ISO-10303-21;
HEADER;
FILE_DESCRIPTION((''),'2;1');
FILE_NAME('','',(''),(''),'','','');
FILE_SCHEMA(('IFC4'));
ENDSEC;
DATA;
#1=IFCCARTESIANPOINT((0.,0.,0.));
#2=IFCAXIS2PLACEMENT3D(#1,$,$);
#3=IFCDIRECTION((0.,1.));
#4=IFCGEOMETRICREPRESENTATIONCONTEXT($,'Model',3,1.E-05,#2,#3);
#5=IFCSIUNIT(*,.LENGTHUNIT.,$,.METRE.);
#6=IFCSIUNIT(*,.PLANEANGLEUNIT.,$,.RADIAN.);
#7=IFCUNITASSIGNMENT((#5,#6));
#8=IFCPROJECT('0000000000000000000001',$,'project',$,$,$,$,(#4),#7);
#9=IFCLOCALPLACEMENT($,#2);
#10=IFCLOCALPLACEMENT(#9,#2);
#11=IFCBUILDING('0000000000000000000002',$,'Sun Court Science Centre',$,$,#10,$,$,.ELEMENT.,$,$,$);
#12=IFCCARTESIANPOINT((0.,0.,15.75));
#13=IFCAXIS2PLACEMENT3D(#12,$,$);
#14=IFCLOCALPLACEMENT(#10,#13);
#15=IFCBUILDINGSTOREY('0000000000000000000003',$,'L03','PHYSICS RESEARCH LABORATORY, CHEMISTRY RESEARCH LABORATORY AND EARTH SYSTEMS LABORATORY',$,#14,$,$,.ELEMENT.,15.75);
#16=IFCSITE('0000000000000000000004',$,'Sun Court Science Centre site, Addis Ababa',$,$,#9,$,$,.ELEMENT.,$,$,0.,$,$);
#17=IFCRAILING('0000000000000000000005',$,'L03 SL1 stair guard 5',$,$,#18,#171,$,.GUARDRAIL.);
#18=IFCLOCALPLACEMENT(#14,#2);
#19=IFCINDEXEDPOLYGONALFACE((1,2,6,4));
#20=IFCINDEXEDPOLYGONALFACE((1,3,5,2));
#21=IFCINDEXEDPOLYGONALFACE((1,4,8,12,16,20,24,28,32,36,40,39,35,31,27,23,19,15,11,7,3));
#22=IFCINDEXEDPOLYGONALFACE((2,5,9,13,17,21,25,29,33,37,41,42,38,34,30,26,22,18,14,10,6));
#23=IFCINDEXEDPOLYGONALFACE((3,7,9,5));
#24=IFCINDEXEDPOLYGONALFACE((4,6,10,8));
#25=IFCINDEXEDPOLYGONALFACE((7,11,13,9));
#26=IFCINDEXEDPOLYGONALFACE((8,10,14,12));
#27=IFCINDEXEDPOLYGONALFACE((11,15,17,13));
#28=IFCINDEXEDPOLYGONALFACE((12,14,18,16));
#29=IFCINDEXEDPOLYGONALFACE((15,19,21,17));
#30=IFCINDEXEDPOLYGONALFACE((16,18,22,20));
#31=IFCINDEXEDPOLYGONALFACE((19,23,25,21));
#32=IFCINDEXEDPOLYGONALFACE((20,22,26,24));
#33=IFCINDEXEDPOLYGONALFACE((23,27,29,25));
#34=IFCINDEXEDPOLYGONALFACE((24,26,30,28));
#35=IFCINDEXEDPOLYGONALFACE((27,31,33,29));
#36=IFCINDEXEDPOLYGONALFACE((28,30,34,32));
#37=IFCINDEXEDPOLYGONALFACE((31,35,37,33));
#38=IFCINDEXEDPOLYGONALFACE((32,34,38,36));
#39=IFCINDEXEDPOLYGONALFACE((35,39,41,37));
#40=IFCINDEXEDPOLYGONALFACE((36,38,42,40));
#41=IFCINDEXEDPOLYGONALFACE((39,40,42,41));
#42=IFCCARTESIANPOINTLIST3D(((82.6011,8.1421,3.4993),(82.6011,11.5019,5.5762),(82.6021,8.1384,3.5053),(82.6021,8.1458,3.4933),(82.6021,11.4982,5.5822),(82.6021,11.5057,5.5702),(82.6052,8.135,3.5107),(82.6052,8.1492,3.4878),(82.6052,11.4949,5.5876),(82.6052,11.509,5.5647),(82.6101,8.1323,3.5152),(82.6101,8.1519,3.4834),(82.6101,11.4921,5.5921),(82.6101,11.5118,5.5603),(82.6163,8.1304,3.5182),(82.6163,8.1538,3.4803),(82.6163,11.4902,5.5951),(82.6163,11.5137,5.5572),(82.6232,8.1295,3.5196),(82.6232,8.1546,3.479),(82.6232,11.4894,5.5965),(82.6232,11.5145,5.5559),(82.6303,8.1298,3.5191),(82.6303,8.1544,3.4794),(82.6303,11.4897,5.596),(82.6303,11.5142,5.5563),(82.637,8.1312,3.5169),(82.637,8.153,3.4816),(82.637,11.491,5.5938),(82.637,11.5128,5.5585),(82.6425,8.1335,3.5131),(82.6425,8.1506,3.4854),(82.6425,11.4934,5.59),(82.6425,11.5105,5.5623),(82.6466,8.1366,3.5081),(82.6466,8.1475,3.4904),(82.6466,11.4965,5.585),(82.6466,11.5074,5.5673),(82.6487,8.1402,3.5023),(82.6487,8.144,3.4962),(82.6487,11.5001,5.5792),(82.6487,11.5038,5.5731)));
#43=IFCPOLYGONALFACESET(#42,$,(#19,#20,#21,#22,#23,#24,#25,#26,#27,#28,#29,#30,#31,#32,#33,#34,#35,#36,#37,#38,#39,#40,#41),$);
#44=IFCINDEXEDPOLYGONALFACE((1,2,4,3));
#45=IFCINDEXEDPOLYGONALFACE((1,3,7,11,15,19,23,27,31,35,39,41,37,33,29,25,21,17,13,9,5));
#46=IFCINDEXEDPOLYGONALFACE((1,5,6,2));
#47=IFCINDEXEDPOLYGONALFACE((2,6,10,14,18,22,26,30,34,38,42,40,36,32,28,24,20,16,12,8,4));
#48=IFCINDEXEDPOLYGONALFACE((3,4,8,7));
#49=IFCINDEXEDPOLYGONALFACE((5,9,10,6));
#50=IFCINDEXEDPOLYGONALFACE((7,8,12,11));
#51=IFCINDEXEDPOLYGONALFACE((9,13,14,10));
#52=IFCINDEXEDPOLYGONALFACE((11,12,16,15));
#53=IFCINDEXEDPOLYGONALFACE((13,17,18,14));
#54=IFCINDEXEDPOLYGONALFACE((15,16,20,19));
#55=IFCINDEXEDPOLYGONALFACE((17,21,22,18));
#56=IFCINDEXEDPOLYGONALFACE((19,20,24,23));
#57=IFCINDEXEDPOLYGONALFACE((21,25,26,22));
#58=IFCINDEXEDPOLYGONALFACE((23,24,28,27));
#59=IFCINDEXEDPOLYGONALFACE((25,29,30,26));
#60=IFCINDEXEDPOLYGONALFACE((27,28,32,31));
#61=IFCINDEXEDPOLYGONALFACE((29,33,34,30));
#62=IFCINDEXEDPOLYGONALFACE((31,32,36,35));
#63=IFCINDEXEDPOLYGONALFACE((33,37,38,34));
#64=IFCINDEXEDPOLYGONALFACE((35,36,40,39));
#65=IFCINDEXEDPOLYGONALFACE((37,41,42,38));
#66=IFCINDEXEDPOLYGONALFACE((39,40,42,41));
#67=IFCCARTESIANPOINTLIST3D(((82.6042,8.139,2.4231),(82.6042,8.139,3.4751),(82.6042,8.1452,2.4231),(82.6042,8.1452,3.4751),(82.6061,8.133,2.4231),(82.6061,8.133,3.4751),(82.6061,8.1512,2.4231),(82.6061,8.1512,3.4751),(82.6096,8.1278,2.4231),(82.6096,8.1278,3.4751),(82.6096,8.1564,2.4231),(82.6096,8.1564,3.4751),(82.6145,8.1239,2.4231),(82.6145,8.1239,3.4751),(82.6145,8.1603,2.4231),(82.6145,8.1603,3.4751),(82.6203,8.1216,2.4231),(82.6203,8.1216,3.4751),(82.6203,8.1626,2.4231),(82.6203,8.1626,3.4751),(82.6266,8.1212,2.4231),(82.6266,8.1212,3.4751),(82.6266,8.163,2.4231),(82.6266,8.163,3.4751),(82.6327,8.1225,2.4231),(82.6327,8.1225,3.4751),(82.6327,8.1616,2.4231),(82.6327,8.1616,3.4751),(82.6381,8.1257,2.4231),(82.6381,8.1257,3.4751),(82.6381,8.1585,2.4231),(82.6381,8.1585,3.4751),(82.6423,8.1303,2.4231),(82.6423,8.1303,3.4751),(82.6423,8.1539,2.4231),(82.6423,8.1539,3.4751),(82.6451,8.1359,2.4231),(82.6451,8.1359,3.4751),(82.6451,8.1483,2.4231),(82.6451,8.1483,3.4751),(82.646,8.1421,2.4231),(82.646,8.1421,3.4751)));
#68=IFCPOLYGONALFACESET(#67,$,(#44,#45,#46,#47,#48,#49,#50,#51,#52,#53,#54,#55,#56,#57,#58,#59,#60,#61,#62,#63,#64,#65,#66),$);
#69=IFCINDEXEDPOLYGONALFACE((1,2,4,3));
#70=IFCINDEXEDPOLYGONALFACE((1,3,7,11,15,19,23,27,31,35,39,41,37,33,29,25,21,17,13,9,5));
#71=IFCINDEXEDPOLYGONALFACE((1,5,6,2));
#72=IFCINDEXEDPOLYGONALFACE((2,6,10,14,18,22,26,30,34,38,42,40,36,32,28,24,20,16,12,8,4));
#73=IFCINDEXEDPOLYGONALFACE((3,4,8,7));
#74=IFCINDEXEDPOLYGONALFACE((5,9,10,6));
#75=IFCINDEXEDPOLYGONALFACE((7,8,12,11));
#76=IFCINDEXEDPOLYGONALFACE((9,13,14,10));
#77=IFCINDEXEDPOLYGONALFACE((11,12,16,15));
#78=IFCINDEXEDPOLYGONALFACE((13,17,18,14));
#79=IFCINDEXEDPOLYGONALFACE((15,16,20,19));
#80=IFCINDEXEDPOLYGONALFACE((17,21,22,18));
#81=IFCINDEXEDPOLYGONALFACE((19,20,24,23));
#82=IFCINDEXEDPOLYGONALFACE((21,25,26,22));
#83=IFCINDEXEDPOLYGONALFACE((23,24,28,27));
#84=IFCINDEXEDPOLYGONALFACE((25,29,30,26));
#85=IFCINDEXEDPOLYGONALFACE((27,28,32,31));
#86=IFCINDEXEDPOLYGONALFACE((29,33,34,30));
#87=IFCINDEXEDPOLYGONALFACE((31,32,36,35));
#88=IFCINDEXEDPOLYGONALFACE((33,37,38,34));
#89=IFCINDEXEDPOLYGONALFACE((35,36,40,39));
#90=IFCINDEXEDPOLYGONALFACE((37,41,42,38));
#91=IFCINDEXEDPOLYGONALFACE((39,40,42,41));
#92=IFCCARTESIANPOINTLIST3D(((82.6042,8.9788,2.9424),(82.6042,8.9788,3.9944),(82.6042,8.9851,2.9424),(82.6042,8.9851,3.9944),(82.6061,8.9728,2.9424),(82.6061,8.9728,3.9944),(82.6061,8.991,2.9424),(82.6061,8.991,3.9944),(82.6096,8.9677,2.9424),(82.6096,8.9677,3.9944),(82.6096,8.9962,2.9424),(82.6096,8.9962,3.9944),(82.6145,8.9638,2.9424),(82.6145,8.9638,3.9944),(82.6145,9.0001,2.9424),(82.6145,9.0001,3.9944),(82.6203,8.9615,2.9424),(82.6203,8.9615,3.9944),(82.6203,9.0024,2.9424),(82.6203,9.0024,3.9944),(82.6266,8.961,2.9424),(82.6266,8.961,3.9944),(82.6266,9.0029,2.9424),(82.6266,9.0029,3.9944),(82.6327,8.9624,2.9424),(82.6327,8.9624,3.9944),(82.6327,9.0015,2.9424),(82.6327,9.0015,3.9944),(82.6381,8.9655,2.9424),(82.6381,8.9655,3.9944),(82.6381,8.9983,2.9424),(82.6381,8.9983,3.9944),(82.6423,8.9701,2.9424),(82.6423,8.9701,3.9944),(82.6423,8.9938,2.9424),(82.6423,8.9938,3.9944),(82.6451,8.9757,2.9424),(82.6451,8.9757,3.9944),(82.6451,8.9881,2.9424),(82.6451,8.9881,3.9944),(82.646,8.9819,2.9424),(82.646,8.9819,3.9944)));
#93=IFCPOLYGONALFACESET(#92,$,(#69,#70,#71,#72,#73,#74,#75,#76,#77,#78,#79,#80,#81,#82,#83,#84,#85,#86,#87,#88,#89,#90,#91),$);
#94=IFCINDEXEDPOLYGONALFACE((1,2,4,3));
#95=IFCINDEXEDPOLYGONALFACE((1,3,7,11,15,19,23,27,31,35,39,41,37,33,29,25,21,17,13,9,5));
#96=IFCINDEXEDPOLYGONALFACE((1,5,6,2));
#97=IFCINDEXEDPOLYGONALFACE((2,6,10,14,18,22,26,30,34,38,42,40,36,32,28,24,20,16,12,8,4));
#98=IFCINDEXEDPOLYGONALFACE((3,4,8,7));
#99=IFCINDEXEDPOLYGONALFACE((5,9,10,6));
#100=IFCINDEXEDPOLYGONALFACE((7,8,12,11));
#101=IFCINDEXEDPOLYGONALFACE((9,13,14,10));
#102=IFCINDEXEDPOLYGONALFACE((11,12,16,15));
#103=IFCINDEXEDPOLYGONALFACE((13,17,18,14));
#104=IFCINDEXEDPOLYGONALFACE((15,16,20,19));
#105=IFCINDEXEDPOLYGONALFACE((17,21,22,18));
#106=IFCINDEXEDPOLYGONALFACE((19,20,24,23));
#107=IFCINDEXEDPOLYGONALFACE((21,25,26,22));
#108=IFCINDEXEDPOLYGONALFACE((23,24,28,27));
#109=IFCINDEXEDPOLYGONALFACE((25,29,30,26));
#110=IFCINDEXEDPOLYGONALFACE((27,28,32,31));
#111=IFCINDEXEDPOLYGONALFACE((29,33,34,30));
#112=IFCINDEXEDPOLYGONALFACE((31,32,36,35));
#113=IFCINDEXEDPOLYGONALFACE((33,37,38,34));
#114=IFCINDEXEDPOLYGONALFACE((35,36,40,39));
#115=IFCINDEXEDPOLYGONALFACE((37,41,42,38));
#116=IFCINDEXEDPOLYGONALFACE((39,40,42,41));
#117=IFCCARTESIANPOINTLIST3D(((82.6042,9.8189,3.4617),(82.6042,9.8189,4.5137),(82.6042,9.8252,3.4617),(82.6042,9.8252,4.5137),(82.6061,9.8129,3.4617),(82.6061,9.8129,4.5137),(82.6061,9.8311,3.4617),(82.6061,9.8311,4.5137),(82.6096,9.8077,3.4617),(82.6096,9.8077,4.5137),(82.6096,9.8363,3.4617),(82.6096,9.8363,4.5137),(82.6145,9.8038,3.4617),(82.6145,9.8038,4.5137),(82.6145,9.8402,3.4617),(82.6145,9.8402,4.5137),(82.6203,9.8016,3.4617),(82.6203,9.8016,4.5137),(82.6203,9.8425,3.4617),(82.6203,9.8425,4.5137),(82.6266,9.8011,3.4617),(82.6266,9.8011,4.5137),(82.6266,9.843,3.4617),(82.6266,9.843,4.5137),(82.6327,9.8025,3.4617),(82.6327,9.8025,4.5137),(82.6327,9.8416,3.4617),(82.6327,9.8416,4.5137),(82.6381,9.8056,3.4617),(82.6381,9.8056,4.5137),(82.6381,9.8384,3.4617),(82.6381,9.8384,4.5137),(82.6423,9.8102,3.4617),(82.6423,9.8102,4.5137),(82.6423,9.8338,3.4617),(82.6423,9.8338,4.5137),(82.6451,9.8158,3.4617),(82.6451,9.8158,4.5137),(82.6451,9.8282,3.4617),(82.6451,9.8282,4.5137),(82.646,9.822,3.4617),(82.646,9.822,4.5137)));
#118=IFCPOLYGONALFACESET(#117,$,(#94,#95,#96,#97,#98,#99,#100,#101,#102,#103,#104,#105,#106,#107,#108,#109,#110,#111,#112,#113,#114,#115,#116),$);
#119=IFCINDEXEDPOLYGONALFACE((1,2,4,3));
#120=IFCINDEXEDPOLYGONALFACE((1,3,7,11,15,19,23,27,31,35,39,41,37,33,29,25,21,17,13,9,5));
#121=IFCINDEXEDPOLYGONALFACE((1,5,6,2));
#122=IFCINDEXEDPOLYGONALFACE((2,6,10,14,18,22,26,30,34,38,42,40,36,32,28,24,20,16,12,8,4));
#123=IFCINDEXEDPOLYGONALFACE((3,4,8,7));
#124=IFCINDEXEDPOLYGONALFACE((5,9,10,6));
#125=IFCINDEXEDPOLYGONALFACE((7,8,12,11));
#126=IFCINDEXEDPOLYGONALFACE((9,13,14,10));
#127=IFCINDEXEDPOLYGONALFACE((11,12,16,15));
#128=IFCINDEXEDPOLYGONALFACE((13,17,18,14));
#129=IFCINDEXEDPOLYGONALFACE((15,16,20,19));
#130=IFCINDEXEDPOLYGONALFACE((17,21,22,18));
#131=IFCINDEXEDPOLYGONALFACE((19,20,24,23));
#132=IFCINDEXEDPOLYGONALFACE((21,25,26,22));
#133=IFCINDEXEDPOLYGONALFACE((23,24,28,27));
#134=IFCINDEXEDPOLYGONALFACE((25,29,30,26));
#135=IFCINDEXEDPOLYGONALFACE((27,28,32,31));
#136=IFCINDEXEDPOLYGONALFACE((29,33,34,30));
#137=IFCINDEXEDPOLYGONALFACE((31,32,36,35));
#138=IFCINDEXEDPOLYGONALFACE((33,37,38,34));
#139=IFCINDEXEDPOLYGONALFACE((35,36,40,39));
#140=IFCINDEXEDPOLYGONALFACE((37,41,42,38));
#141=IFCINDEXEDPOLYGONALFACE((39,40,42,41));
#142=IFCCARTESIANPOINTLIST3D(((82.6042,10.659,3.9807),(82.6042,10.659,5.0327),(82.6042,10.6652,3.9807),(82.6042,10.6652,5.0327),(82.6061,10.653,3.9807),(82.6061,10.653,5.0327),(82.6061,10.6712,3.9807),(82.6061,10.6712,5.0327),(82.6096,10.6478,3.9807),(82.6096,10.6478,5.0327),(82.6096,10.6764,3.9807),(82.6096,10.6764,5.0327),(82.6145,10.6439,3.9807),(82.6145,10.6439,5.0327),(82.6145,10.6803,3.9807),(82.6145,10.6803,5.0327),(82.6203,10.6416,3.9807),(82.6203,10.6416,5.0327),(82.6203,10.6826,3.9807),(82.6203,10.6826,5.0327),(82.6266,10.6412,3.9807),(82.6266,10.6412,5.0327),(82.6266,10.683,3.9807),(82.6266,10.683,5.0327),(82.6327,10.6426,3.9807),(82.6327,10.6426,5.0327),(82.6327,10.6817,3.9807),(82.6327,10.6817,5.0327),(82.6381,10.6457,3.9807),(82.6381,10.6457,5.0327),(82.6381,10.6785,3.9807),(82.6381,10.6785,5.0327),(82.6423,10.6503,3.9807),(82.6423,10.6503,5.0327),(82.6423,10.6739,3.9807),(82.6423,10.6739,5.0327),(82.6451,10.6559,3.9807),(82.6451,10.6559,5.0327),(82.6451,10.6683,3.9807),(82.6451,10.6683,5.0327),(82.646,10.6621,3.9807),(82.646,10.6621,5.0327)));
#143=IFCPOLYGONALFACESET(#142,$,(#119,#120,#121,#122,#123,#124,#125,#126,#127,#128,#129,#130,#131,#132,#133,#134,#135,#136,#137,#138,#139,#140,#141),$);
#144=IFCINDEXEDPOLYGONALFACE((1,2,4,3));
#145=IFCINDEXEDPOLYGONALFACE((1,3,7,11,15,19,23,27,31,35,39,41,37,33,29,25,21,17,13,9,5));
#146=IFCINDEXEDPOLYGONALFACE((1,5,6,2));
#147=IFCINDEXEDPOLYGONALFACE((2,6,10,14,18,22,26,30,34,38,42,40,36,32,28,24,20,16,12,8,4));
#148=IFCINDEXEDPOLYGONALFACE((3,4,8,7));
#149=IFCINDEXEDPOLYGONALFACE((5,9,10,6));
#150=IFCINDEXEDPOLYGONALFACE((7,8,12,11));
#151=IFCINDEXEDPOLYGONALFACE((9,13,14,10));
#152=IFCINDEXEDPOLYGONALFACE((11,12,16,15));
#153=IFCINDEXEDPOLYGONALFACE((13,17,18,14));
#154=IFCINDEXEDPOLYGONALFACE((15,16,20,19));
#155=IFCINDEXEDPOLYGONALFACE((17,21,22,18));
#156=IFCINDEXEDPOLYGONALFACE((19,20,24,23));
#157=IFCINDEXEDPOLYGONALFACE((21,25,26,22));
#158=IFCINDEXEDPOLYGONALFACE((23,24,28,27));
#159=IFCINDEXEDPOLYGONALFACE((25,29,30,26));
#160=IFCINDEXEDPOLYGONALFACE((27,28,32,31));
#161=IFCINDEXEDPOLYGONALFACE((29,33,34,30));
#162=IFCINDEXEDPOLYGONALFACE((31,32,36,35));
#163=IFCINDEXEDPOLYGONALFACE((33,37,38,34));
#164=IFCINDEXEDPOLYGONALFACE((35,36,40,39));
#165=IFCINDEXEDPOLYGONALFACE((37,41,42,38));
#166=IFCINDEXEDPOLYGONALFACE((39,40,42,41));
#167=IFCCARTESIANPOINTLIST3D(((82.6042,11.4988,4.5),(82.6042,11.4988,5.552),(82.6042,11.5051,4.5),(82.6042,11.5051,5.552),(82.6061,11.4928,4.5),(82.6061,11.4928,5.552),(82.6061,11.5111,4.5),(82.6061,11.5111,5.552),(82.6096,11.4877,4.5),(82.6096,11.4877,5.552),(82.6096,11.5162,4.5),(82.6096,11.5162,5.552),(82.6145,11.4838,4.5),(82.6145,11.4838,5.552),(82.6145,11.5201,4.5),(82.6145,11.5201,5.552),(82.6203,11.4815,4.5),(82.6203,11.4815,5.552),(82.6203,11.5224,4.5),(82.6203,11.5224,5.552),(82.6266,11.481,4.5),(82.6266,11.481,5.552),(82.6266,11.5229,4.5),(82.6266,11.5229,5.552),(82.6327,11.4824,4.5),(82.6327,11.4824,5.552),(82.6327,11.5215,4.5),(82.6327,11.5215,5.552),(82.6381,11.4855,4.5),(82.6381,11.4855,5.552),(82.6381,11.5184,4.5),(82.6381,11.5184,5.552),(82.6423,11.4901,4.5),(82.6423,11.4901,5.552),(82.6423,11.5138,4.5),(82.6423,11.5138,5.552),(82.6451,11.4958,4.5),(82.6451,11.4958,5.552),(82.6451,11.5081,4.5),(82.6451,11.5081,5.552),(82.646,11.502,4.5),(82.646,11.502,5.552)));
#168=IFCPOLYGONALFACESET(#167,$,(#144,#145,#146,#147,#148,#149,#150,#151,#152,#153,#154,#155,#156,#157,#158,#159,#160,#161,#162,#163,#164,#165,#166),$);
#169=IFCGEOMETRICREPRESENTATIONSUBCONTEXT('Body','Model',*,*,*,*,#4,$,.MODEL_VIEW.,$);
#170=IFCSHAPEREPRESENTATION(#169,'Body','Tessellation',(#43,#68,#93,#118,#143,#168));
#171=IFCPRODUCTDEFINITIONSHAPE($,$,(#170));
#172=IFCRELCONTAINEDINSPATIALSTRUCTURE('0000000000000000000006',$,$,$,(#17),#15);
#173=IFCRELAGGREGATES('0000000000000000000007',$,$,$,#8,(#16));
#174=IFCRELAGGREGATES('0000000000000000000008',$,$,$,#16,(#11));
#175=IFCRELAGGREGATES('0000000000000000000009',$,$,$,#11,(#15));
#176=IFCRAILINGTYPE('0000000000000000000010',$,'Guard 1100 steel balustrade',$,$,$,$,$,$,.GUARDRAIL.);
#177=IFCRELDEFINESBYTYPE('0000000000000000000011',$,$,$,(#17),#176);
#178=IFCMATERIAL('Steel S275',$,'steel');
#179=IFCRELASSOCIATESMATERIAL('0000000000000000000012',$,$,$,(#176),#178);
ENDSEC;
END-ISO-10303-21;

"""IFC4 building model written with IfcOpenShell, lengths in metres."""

from ifc_helpers import new_model, si_unit, direction, frame, origin, origin_2d, place, context, subcontext, project, spatial, circle, extrude, material, type_object, element, save


model = new_model("IFC4")

# Units and contexts
model_context = context("Model", 3, precision=1e-05, world=origin(), true_north=direction((0.0, 1.0)))
body_context = subcontext(model_context, "Body", "Model", "MODEL_VIEW")
ifc_project = project(units=[si_unit("LENGTHUNIT", "METRE"), si_unit("PLANEANGLEUNIT", "RADIAN")], contexts=[model_context])

# Site, building, storey
site_placement = place(None, origin())
site = spatial("IfcSite", under=ifc_project, at=site_placement, Name="Sun Court Science Centre site, Addis Ababa", CompositionType="ELEMENT", RefElevation=0.0)
building_placement = place(site_placement, origin())
building = spatial("IfcBuilding", under=site, at=building_placement, Name="Sun Court Science Centre", CompositionType="ELEMENT")
storey_placement = place(building_placement, frame((0.0, 0.0, 15.75)))
storey = spatial("IfcBuildingStorey", under=building, at=storey_placement, Name="L03", Description="PHYSICS RESEARCH LABORATORY, CHEMISTRY RESEARCH LABORATORY AND EARTH SYSTEMS LABORATORY", CompositionType="ELEMENT", Elevation=15.75)

# Railing
ifc_material_1 = material(Name="Steel S275", Category="steel")
railing_type_1 = type_object("IfcRailingType", Name="Guard 1100 steel balustrade", PredefinedType="GUARDRAIL", material=ifc_material_1)
railing_1_placement = place(storey_placement, frame((82.625, 8.1421, 2.4231)))
element("IfcRailing", 1, at=railing_1_placement, inside=storey, type_object=railing_type_1, Name="L03 SL1 stair guard 5", PredefinedType="GUARDRAIL", context=body_context, shape_type="SweptSolid", body=[
    extrude(circle(Radius=0.0239, at=origin_2d()), frame((0.0, 0.0, 1.0762), z_axis=(0.0, 0.850606, 0.525803), x_axis=(-1.0, 0.0, 0.0)), (0.0, 0.0, 1.0), 3.95),
    extrude(circle(Radius=0.021, at=origin_2d()), origin(), (0.0, 0.0, 1.0), 1.052),
    extrude(circle(Radius=0.021, at=origin_2d()), frame((0.0, 0.8398, 0.5193)), (0.0, 0.0, 1.0), 1.052),
    extrude(circle(Radius=0.021, at=origin_2d()), frame((0.0, 1.6799, 1.0386)), (0.0, 0.0, 1.0), 1.052),
    extrude(circle(Radius=0.021, at=origin_2d()), frame((0.0, 2.52, 1.5576)), (0.0, 0.0, 1.0), 1.052),
    extrude(circle(Radius=0.021, at=origin_2d()), frame((0.0, 3.3599, 2.0769)), (0.0, 0.0, 1.0), 1.052),
])

save(model, "model.ifc")
